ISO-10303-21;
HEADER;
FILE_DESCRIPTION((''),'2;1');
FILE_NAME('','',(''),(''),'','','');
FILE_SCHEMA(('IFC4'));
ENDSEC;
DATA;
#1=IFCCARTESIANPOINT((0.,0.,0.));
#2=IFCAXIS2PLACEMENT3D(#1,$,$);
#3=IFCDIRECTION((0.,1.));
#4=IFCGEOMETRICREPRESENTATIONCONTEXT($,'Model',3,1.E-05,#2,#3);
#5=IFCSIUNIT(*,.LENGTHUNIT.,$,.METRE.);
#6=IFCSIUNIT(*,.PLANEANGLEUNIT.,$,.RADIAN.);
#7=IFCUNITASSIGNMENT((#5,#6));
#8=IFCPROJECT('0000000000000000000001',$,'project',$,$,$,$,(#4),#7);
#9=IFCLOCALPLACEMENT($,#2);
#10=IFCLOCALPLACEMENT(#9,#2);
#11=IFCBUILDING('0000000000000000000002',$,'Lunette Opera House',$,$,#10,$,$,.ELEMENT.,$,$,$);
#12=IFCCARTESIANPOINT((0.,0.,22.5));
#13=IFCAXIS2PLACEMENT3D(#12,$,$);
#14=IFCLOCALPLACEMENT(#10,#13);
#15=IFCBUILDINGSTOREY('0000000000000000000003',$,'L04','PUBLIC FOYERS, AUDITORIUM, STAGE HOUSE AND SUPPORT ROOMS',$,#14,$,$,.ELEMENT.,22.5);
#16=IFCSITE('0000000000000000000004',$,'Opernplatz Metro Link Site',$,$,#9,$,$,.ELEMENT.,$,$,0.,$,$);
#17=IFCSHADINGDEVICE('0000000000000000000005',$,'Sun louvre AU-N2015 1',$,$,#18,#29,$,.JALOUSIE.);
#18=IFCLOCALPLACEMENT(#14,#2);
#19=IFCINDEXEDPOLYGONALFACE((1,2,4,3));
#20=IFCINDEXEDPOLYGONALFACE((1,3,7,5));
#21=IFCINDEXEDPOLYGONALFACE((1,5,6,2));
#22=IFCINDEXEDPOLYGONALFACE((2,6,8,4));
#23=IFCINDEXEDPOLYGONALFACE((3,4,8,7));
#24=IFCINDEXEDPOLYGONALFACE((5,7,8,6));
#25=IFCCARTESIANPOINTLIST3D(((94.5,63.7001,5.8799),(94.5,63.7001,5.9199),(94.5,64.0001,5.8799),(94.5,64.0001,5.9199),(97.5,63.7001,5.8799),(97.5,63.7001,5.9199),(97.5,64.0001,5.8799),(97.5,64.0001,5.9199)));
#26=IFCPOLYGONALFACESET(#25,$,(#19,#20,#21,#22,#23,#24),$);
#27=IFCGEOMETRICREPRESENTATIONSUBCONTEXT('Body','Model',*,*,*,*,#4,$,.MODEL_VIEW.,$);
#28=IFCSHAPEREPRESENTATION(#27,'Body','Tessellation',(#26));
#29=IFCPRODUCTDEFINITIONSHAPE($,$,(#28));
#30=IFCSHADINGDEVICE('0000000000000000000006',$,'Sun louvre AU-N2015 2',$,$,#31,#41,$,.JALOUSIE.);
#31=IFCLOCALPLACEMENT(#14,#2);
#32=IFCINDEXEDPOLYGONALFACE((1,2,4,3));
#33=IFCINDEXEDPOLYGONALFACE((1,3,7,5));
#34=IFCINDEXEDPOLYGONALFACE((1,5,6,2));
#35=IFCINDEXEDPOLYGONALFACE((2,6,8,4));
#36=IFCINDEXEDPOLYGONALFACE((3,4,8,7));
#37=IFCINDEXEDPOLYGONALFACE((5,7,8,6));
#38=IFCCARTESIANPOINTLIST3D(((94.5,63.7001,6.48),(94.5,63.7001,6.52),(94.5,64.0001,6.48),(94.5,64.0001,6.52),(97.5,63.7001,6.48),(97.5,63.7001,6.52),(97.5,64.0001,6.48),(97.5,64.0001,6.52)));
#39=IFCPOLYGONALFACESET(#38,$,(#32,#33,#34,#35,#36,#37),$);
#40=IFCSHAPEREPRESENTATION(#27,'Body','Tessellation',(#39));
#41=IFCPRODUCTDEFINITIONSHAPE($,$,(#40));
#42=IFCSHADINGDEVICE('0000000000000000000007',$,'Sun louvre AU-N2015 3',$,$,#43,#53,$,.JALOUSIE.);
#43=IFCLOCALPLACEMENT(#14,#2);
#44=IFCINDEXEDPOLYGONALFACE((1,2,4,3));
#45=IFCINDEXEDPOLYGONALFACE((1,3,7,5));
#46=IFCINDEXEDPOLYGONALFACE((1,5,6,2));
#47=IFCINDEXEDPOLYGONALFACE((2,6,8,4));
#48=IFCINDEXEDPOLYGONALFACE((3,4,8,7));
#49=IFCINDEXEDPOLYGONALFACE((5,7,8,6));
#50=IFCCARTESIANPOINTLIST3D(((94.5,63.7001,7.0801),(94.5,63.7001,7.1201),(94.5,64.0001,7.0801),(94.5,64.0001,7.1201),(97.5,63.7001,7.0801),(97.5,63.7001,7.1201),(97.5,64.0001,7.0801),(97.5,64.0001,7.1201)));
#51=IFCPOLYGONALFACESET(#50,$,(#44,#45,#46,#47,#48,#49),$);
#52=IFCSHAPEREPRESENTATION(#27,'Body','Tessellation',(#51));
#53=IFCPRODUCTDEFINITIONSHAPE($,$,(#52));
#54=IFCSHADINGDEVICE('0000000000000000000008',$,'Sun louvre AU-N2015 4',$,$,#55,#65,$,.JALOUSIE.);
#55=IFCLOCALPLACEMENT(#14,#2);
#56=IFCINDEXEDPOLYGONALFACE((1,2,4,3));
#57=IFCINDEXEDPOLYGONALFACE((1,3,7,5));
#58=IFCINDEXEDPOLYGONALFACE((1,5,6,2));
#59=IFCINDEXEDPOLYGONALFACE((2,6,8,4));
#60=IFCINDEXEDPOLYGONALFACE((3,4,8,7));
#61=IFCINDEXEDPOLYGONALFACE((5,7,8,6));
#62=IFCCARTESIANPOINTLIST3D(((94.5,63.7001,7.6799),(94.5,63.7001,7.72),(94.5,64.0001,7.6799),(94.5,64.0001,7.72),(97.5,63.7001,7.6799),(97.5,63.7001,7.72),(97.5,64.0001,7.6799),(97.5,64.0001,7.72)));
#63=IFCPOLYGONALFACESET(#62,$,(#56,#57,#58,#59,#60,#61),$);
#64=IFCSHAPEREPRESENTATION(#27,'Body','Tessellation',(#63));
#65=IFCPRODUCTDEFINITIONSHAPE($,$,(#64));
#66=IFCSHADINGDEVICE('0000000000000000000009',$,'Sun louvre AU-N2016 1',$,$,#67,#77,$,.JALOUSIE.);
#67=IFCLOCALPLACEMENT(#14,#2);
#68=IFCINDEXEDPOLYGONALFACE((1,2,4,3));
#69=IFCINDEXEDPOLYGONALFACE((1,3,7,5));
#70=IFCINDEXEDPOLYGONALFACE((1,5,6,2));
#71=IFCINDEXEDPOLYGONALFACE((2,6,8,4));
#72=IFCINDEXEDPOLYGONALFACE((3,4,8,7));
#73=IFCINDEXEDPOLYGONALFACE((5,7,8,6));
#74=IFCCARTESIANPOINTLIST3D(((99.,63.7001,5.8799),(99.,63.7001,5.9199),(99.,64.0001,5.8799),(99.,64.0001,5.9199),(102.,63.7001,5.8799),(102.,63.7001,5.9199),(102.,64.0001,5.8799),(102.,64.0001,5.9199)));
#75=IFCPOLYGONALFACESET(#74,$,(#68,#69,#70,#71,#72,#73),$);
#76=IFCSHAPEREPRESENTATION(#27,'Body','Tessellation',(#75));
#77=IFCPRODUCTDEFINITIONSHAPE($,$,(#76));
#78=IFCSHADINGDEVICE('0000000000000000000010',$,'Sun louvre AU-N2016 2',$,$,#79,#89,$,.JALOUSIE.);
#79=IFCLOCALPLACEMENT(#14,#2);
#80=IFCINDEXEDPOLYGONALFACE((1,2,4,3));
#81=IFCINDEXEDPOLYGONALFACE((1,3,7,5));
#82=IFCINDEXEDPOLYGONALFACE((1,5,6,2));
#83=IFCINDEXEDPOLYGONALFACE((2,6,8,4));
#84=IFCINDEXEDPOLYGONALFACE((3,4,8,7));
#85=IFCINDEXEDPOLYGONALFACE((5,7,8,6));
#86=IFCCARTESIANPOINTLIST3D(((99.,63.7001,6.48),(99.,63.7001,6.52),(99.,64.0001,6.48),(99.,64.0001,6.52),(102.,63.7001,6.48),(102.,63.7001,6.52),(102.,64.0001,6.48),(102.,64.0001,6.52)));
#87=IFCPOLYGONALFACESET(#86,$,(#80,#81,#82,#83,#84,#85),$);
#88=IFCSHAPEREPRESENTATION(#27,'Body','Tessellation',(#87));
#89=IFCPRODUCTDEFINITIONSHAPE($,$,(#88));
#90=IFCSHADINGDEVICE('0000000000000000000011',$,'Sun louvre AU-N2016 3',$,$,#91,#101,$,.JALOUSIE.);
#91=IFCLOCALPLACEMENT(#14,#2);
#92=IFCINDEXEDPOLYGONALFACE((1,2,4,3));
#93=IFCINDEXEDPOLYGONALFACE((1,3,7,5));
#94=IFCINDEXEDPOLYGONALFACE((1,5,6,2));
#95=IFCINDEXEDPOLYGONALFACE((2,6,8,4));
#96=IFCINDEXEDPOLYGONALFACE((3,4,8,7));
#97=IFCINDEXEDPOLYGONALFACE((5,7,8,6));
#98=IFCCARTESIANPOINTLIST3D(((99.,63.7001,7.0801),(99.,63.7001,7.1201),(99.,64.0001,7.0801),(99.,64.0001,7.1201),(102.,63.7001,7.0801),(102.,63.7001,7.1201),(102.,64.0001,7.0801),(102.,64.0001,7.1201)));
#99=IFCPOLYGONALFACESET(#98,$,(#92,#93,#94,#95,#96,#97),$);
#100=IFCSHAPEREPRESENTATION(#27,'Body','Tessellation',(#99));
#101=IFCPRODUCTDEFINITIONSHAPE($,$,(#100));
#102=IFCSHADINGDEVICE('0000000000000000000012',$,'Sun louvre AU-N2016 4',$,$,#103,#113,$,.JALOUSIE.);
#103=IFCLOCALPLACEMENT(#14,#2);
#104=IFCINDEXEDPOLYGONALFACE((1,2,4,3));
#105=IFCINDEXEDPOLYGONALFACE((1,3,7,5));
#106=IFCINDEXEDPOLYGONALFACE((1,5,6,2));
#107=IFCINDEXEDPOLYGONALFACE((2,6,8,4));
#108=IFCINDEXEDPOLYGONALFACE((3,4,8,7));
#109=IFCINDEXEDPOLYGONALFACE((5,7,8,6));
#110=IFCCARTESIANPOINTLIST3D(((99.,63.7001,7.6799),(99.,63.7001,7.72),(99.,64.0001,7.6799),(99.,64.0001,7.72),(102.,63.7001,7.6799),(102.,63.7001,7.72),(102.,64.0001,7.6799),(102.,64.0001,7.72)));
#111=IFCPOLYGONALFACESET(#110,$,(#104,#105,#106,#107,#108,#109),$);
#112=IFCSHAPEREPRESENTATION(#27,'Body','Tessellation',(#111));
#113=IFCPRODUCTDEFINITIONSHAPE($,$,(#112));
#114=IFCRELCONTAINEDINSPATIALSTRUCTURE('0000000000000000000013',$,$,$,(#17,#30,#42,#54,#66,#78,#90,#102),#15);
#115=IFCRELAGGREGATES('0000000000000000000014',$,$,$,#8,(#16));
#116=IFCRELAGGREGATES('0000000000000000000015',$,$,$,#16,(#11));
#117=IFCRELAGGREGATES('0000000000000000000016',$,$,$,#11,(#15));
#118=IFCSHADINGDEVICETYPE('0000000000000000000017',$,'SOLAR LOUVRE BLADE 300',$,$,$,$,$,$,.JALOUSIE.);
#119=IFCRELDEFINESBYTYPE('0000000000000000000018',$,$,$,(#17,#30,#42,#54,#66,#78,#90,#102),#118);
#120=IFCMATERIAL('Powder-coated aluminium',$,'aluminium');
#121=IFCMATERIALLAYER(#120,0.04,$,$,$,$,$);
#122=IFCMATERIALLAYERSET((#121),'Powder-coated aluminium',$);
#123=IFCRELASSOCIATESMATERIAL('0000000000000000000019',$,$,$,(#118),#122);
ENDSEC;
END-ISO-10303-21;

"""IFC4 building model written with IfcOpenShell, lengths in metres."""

from ifc_helpers import new_model, si_unit, direction, frame, origin, origin_2d, place, context, subcontext, project, spatial, rectangle, extrude, material, layer, layer_set, type_object, element, save


model = new_model("IFC4")

# Units and contexts
model_context = context("Model", 3, precision=1e-05, world=origin(), true_north=direction((0.0, 1.0)))
body_context = subcontext(model_context, "Body", "Model", "MODEL_VIEW")
ifc_project = project(units=[si_unit("LENGTHUNIT", "METRE"), si_unit("PLANEANGLEUNIT", "RADIAN")], contexts=[model_context])

# Site, building, storey
site_placement = place(None, origin())
site = spatial("IfcSite", under=ifc_project, at=site_placement, Name="Opernplatz Metro Link Site", CompositionType="ELEMENT", RefElevation=0.0)
building_placement = place(site_placement, origin())
building = spatial("IfcBuilding", under=site, at=building_placement, Name="Lunette Opera House", CompositionType="ELEMENT")
storey_placement = place(building_placement, frame((0.0, 0.0, 22.5)))
storey = spatial("IfcBuildingStorey", under=building, at=storey_placement, Name="L04", Description="PUBLIC FOYERS, AUDITORIUM, STAGE HOUSE AND SUPPORT ROOMS", CompositionType="ELEMENT", Elevation=22.5)

# Shading devices
ifc_material_1 = material(Name="Powder-coated aluminium", Category="aluminium")
ifc_layer_1 = layer(ifc_material_1, 0.04)
ifc_layer_set_1 = layer_set([ifc_layer_1], Name="Powder-coated aluminium")
shading_device_type = type_object("IfcShadingDeviceType", Name="SOLAR LOUVRE BLADE 300", PredefinedType="JALOUSIE", material=ifc_layer_set_1)
for number, where, z_axis, x_axis, name in (
    (1, (96.0, 63.8501, 5.8799), (0.0, 0.0, 1.0), (0.0, -1.0, 0.0), "Sun louvre AU-N2015 1"),
    (2, (96.0, 63.8501, 6.48), (0.0, 0.0, 1.0), (0.0, -1.0, 0.0), "Sun louvre AU-N2015 2"),
    (3, (96.0, 63.8501, 7.0801), (0.0, 0.0, 1.0), (0.0, -1.0, 0.0), "Sun louvre AU-N2015 3"),
    (4, (96.0, 63.8501, 7.6799), (0.0, 0.0, 1.0), (0.0, -1.0, 0.0), "Sun louvre AU-N2015 4"),
    (5, (100.5, 63.8501, 5.8799), (0.0, 0.0, 1.0), (0.0, -1.0, 0.0), "Sun louvre AU-N2016 1"),
    (6, (100.5, 63.8501, 6.48), (0.0, 0.0, 1.0), (0.0, -1.0, 0.0), "Sun louvre AU-N2016 2"),
    (7, (100.5, 63.8501, 7.0801), (0.0, 0.0, 1.0), (0.0, -1.0, 0.0), "Sun louvre AU-N2016 3"),
    (8, (100.5, 63.8501, 7.6799), (0.0, 0.0, 1.0), (0.0, -1.0, 0.0), "Sun louvre AU-N2016 4"),
):
    element("IfcShadingDevice", number, at=place(storey_placement, frame(where, z_axis=z_axis, x_axis=x_axis)), inside=storey, type_object=shading_device_type, Name=name, PredefinedType="JALOUSIE", context=body_context, shape_type="SweptSolid", body=[
        extrude(rectangle(XDim=0.3, YDim=3.0, at=origin_2d()), origin(), (0.0, 0.0, 1.0), 0.04),
    ])

save(model, "model.ifc")
